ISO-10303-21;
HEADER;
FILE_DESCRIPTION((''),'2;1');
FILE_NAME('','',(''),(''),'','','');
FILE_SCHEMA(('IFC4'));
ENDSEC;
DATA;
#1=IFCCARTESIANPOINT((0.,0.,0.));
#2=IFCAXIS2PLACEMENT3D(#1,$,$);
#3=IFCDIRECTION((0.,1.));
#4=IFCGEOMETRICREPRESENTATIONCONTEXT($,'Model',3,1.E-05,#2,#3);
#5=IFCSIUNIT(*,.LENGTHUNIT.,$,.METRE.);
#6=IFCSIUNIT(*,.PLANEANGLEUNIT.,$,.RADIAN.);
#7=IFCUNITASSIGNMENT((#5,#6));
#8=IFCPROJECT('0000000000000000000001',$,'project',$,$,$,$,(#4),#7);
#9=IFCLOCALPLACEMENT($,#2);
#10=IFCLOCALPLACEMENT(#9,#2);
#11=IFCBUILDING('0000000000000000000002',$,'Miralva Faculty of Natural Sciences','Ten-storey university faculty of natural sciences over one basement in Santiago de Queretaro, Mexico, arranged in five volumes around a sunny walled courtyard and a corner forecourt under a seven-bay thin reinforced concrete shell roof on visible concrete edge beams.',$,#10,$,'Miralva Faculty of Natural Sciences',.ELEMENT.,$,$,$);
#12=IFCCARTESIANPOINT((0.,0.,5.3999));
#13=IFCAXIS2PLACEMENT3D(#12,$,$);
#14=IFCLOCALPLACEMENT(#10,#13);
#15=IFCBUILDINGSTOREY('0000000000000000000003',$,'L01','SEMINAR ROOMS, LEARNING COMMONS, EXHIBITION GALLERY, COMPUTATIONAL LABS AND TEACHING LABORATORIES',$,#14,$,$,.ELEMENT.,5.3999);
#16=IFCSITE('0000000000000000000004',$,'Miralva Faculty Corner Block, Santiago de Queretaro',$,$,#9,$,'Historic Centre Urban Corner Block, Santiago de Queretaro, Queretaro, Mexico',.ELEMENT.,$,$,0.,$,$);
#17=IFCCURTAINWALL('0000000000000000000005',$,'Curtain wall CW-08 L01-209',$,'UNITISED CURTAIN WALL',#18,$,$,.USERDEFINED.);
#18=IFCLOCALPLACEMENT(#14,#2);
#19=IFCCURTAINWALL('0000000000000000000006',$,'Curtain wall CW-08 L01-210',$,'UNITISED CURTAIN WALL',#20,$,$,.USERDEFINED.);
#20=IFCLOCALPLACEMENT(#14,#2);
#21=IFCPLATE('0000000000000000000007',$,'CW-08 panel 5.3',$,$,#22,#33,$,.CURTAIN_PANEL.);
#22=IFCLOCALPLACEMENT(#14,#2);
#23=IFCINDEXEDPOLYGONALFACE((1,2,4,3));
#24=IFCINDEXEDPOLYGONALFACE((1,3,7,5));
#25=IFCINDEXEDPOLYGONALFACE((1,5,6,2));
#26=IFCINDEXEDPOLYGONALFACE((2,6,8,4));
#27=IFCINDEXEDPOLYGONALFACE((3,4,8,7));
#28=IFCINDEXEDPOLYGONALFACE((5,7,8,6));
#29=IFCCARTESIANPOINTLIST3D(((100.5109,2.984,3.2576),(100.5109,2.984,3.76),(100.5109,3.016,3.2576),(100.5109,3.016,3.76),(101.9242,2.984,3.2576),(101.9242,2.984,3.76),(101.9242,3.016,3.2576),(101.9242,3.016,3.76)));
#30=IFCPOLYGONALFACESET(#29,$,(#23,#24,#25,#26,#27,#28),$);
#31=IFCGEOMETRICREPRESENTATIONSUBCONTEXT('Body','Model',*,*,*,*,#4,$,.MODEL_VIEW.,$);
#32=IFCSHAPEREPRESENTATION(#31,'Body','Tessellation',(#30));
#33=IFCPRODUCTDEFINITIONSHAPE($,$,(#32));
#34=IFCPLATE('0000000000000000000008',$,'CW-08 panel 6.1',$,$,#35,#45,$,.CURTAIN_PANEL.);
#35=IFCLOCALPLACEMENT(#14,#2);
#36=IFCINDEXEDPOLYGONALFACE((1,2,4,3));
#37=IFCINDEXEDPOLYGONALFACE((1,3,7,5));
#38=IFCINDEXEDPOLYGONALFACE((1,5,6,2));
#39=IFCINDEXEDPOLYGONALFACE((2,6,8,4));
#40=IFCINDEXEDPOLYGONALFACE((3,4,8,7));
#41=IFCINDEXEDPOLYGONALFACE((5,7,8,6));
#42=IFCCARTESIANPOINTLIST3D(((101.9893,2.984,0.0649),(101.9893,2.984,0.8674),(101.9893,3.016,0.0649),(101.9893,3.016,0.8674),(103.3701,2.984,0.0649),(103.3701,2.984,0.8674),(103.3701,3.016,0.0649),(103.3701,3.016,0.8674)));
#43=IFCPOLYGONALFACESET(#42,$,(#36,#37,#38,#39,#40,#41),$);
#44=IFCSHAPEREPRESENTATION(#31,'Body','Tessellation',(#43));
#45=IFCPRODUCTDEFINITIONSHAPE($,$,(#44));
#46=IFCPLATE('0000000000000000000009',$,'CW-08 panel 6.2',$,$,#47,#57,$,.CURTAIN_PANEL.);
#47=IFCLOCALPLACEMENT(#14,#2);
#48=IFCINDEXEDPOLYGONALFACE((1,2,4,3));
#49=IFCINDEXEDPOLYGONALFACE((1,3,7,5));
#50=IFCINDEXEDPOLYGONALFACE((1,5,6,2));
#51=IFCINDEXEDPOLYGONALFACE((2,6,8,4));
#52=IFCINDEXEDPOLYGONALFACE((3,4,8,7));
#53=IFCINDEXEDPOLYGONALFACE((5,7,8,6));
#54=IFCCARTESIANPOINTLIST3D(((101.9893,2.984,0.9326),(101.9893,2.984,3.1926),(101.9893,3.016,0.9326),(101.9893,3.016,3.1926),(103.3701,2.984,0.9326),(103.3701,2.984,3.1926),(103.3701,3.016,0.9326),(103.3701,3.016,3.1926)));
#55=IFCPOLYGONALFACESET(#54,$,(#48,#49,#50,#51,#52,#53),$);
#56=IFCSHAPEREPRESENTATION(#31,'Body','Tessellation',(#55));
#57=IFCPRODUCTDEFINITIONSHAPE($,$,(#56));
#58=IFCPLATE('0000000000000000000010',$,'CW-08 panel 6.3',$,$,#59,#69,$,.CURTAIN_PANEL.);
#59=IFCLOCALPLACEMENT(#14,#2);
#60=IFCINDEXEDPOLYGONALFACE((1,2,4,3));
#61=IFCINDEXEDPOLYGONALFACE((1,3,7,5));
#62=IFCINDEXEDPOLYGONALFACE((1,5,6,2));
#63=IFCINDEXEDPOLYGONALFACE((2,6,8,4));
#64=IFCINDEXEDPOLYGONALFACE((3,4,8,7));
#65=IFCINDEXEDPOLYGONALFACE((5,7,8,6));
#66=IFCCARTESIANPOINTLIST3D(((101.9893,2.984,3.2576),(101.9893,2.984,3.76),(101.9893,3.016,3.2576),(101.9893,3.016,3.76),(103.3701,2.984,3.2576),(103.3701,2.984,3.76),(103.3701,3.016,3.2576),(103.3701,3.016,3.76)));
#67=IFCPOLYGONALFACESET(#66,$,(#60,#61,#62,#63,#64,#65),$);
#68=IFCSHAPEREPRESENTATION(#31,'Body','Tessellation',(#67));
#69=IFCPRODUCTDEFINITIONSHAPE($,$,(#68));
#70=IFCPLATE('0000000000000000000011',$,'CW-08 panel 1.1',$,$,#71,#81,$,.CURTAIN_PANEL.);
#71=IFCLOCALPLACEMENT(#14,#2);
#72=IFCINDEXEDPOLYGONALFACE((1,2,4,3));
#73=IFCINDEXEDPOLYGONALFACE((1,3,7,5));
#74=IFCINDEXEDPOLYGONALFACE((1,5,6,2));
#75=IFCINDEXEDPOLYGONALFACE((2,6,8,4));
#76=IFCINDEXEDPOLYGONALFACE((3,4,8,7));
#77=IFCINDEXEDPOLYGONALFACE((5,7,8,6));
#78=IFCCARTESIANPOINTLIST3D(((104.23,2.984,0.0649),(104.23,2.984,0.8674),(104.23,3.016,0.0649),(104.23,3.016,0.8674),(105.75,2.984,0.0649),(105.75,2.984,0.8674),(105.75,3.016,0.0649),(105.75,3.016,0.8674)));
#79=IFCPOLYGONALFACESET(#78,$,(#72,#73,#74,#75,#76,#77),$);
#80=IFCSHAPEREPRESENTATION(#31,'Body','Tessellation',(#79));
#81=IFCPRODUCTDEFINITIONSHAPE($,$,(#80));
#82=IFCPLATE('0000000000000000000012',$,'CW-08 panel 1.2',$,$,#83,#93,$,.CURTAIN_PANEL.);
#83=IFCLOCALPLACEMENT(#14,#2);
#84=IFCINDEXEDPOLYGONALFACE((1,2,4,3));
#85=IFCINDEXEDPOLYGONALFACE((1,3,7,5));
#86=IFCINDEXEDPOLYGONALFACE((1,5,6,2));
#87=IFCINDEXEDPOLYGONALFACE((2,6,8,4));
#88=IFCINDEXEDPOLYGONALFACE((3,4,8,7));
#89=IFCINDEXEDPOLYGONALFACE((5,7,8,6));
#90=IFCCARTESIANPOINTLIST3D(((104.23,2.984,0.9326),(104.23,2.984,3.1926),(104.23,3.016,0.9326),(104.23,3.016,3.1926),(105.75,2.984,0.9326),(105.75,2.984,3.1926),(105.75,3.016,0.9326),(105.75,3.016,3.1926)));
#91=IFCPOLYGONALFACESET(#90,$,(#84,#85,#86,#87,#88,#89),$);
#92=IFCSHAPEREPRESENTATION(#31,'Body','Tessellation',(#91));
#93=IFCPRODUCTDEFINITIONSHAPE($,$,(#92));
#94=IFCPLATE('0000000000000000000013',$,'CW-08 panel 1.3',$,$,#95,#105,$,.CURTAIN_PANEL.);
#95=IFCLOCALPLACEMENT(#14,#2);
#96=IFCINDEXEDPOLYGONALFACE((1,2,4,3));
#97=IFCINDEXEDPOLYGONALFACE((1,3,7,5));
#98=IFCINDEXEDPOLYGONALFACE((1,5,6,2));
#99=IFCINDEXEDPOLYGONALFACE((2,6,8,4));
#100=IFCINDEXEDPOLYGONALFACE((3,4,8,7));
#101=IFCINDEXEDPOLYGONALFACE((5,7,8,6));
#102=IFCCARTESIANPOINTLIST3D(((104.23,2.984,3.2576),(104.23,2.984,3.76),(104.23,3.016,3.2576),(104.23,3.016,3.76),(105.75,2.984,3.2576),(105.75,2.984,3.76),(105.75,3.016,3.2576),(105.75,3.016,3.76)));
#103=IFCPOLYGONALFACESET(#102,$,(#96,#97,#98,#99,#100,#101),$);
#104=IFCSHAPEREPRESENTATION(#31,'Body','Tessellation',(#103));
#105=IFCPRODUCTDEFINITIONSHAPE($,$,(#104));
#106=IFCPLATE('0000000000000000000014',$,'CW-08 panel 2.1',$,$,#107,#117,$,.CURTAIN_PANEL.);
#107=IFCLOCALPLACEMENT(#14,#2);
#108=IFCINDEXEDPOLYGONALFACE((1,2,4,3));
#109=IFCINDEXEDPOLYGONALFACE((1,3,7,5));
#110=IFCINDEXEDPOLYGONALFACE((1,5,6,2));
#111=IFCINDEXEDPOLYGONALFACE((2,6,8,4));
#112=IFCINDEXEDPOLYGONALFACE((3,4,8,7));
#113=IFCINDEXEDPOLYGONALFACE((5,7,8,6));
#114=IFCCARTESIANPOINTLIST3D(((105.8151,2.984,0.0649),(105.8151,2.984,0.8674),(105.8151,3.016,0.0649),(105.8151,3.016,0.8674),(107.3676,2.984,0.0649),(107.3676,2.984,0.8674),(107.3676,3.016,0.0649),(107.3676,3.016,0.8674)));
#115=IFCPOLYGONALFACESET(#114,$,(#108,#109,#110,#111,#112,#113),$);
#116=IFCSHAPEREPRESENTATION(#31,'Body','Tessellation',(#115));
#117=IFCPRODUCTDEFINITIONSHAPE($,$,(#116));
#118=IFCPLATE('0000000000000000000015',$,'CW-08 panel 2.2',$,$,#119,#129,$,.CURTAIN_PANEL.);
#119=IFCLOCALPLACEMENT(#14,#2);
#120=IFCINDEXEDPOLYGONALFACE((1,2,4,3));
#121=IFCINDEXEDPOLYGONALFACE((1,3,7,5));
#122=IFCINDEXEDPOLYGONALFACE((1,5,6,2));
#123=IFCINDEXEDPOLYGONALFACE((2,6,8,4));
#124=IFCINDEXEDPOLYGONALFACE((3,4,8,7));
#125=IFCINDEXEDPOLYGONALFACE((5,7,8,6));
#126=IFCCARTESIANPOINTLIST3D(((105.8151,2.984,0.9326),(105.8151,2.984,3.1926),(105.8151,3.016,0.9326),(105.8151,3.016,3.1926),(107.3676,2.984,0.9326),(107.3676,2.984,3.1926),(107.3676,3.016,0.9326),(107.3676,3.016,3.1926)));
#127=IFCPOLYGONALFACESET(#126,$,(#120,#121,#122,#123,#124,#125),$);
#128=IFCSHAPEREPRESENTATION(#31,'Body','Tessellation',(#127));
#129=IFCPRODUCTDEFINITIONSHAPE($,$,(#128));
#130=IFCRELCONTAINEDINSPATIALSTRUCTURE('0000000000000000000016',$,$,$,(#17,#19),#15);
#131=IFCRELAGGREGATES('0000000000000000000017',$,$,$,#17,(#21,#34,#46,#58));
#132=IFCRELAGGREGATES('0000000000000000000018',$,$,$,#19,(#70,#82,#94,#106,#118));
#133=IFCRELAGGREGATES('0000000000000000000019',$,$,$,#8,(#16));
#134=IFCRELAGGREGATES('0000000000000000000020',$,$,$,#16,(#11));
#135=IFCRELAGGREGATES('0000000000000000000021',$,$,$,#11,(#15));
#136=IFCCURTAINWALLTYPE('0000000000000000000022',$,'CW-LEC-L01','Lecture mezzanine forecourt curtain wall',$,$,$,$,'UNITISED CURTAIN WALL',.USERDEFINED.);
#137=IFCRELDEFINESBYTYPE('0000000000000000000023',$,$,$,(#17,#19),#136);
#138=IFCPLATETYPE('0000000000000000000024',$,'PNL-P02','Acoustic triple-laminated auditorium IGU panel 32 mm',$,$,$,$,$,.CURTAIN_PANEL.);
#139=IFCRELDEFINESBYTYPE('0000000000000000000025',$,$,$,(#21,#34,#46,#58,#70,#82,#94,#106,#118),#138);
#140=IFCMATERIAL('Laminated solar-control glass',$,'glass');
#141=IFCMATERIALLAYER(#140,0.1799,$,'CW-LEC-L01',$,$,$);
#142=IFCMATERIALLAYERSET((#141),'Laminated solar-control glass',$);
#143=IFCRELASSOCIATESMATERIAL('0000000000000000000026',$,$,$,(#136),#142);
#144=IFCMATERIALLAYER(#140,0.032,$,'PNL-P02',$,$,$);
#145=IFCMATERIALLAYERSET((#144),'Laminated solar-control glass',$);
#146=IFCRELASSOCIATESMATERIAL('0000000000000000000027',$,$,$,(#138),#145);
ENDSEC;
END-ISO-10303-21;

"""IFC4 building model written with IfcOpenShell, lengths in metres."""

from ifc_helpers import new_model, si_unit, direction, frame, origin, origin_2d, place, context, subcontext, project, spatial, rectangle, extrude, material, layer, layer_set, type_object, element, aggregate, save


model = new_model("IFC4")

# Units and contexts
model_context = context("Model", 3, precision=1e-05, world=origin(), true_north=direction((0.0, 1.0)))
body_context = subcontext(model_context, "Body", "Model", "MODEL_VIEW")
ifc_project = project(units=[si_unit("LENGTHUNIT", "METRE"), si_unit("PLANEANGLEUNIT", "RADIAN")], contexts=[model_context])

# Site, building, storey
site_placement = place(None, origin())
site = spatial("IfcSite", under=ifc_project, at=site_placement, Name="Miralva Faculty Corner Block, Santiago de Queretaro", LongName="Historic Centre Urban Corner Block, Santiago de Queretaro, Queretaro, Mexico", CompositionType="ELEMENT", RefElevation=0.0)
building_placement = place(site_placement, origin())
building = spatial("IfcBuilding", under=site, at=building_placement, Name="Miralva Faculty of Natural Sciences", Description="Ten-storey university faculty of natural sciences over one basement in Santiago de Queretaro, Mexico, arranged in five volumes around a sunny walled courtyard and a corner forecourt under a seven-bay thin reinforced concrete shell roof on visible concrete edge beams.", LongName="Miralva Faculty of Natural Sciences", CompositionType="ELEMENT")
storey_placement = place(building_placement, frame((0.0, 0.0, 5.3999)))
storey = spatial("IfcBuildingStorey", under=building, at=storey_placement, Name="L01", Description="SEMINAR ROOMS, LEARNING COMMONS, EXHIBITION GALLERY, COMPUTATIONAL LABS AND TEACHING LABORATORIES", CompositionType="ELEMENT", Elevation=5.3999)

# Curtain walls
ifc_material_1 = material(Name="Laminated solar-control glass", Category="glass")
ifc_layer_1 = layer(ifc_material_1, 0.1799, Name="CW-LEC-L01")
ifc_layer_set_1 = layer_set([ifc_layer_1], Name="Laminated solar-control glass")
curtain_wall_type = type_object("IfcCurtainWallType", Name="CW-LEC-L01", Description="Lecture mezzanine forecourt curtain wall", ElementType="UNITISED CURTAIN WALL", PredefinedType="USERDEFINED", material=ifc_layer_set_1)
curtain_wall_1_placement = place(storey_placement, origin())
curtain_wall_1 = element("IfcCurtainWall", 1, at=curtain_wall_1_placement, inside=storey, type_object=curtain_wall_type, Name="Curtain wall CW-08 L01-209", ObjectType="UNITISED CURTAIN WALL", PredefinedType="USERDEFINED")
curtain_wall_2_placement = place(storey_placement, origin())
curtain_wall_2 = element("IfcCurtainWall", 2, at=curtain_wall_2_placement, inside=storey, type_object=curtain_wall_type, Name="Curtain wall CW-08 L01-210", ObjectType="UNITISED CURTAIN WALL", PredefinedType="USERDEFINED")

# Plates
ifc_layer_2 = layer(ifc_material_1, 0.032, Name="PNL-P02")
ifc_layer_set_2 = layer_set([ifc_layer_2], Name="Laminated solar-control glass")
plate_type = type_object("IfcPlateType", Name="PNL-P02", Description="Acoustic triple-laminated auditorium IGU panel 32 mm", PredefinedType="CURTAIN_PANEL", material=ifc_layer_set_2)
plate_1_placement = place(storey_placement, frame((101.2175, 3.0, 3.2576), z_axis=(0.0, 0.0, 1.0), x_axis=(1.0, 0.0, 0.0)))
plate_1 = element("IfcPlate", 3, at=plate_1_placement, type_object=plate_type, Name="CW-08 panel 5.3", PredefinedType="CURTAIN_PANEL", context=body_context, shape_type="SweptSolid", body=[
    extrude(rectangle(XDim=1.4133, YDim=0.032, at=origin_2d()), origin(), (0.0, 0.0, 1.0), 0.5024),
])
plate_2_placement = place(storey_placement, frame((102.6797, 3.0, 0.0649), z_axis=(0.0, 0.0, 1.0), x_axis=(1.0, 0.0, 0.0)))
plate_2 = element("IfcPlate", 4, at=plate_2_placement, type_object=plate_type, Name="CW-08 panel 6.1", PredefinedType="CURTAIN_PANEL", context=body_context, shape_type="SweptSolid", body=[
    extrude(rectangle(XDim=1.3809, YDim=0.032, at=origin_2d()), origin(), (0.0, 0.0, 1.0), 0.8025),
])
plate_3_placement = place(storey_placement, frame((102.6797, 3.0, 0.9326), z_axis=(0.0, 0.0, 1.0), x_axis=(1.0, 0.0, 0.0)))
plate_3 = element("IfcPlate", 5, at=plate_3_placement, type_object=plate_type, Name="CW-08 panel 6.2", PredefinedType="CURTAIN_PANEL", context=body_context, shape_type="SweptSolid", body=[
    extrude(rectangle(XDim=1.3809, YDim=0.032, at=origin_2d()), origin(), (0.0, 0.0, 1.0), 2.26),
])
plate_4_placement = place(storey_placement, frame((102.6797, 3.0, 3.2576), z_axis=(0.0, 0.0, 1.0), x_axis=(1.0, 0.0, 0.0)))
plate_4 = element("IfcPlate", 6, at=plate_4_placement, type_object=plate_type, Name="CW-08 panel 6.3", PredefinedType="CURTAIN_PANEL", context=body_context, shape_type="SweptSolid", body=[
    extrude(rectangle(XDim=1.3809, YDim=0.032, at=origin_2d()), origin(), (0.0, 0.0, 1.0), 0.5024),
])
aggregate(curtain_wall_1, [plate_1, plate_2, plate_3, plate_4])
plate_5_placement = place(storey_placement, frame((104.99, 3.0, 0.0649), z_axis=(0.0, 0.0, 1.0), x_axis=(1.0, 0.0, 0.0)))
plate_5 = element("IfcPlate", 7, at=plate_5_placement, type_object=plate_type, Name="CW-08 panel 1.1", PredefinedType="CURTAIN_PANEL", context=body_context, shape_type="SweptSolid", body=[
    extrude(rectangle(XDim=1.52, YDim=0.032, at=origin_2d()), origin(), (0.0, 0.0, 1.0), 0.8025),
])
plate_6_placement = place(storey_placement, frame((104.99, 3.0, 0.9326), z_axis=(0.0, 0.0, 1.0), x_axis=(1.0, 0.0, 0.0)))
plate_6 = element("IfcPlate", 8, at=plate_6_placement, type_object=plate_type, Name="CW-08 panel 1.2", PredefinedType="CURTAIN_PANEL", context=body_context, shape_type="SweptSolid", body=[
    extrude(rectangle(XDim=1.52, YDim=0.032, at=origin_2d()), origin(), (0.0, 0.0, 1.0), 2.26),
])
plate_7_placement = place(storey_placement, frame((104.99, 3.0, 3.2576), z_axis=(0.0, 0.0, 1.0), x_axis=(1.0, 0.0, 0.0)))
plate_7 = element("IfcPlate", 9, at=plate_7_placement, type_object=plate_type, Name="CW-08 panel 1.3", PredefinedType="CURTAIN_PANEL", context=body_context, shape_type="SweptSolid", body=[
    extrude(rectangle(XDim=1.52, YDim=0.032, at=origin_2d()), origin(), (0.0, 0.0, 1.0), 0.5024),
])
plate_8_placement = place(storey_placement, frame((106.5913, 3.0, 0.0649), z_axis=(0.0, 0.0, 1.0), x_axis=(1.0, 0.0, 0.0)))
plate_8 = element("IfcPlate", 10, at=plate_8_placement, type_object=plate_type, Name="CW-08 panel 2.1", PredefinedType="CURTAIN_PANEL", context=body_context, shape_type="SweptSolid", body=[
    extrude(rectangle(XDim=1.5525, YDim=0.032, at=origin_2d()), origin(), (0.0, 0.0, 1.0), 0.8025),
])
plate_9_placement = place(storey_placement, frame((106.5913, 3.0, 0.9326), z_axis=(0.0, 0.0, 1.0), x_axis=(1.0, 0.0, 0.0)))
plate_9 = element("IfcPlate", 11, at=plate_9_placement, type_object=plate_type, Name="CW-08 panel 2.2", PredefinedType="CURTAIN_PANEL", context=body_context, shape_type="SweptSolid", body=[
    extrude(rectangle(XDim=1.5525, YDim=0.032, at=origin_2d()), origin(), (0.0, 0.0, 1.0), 2.26),
])
aggregate(curtain_wall_2, [plate_5, plate_6, plate_7, plate_8, plate_9])

save(model, "model.ifc")
